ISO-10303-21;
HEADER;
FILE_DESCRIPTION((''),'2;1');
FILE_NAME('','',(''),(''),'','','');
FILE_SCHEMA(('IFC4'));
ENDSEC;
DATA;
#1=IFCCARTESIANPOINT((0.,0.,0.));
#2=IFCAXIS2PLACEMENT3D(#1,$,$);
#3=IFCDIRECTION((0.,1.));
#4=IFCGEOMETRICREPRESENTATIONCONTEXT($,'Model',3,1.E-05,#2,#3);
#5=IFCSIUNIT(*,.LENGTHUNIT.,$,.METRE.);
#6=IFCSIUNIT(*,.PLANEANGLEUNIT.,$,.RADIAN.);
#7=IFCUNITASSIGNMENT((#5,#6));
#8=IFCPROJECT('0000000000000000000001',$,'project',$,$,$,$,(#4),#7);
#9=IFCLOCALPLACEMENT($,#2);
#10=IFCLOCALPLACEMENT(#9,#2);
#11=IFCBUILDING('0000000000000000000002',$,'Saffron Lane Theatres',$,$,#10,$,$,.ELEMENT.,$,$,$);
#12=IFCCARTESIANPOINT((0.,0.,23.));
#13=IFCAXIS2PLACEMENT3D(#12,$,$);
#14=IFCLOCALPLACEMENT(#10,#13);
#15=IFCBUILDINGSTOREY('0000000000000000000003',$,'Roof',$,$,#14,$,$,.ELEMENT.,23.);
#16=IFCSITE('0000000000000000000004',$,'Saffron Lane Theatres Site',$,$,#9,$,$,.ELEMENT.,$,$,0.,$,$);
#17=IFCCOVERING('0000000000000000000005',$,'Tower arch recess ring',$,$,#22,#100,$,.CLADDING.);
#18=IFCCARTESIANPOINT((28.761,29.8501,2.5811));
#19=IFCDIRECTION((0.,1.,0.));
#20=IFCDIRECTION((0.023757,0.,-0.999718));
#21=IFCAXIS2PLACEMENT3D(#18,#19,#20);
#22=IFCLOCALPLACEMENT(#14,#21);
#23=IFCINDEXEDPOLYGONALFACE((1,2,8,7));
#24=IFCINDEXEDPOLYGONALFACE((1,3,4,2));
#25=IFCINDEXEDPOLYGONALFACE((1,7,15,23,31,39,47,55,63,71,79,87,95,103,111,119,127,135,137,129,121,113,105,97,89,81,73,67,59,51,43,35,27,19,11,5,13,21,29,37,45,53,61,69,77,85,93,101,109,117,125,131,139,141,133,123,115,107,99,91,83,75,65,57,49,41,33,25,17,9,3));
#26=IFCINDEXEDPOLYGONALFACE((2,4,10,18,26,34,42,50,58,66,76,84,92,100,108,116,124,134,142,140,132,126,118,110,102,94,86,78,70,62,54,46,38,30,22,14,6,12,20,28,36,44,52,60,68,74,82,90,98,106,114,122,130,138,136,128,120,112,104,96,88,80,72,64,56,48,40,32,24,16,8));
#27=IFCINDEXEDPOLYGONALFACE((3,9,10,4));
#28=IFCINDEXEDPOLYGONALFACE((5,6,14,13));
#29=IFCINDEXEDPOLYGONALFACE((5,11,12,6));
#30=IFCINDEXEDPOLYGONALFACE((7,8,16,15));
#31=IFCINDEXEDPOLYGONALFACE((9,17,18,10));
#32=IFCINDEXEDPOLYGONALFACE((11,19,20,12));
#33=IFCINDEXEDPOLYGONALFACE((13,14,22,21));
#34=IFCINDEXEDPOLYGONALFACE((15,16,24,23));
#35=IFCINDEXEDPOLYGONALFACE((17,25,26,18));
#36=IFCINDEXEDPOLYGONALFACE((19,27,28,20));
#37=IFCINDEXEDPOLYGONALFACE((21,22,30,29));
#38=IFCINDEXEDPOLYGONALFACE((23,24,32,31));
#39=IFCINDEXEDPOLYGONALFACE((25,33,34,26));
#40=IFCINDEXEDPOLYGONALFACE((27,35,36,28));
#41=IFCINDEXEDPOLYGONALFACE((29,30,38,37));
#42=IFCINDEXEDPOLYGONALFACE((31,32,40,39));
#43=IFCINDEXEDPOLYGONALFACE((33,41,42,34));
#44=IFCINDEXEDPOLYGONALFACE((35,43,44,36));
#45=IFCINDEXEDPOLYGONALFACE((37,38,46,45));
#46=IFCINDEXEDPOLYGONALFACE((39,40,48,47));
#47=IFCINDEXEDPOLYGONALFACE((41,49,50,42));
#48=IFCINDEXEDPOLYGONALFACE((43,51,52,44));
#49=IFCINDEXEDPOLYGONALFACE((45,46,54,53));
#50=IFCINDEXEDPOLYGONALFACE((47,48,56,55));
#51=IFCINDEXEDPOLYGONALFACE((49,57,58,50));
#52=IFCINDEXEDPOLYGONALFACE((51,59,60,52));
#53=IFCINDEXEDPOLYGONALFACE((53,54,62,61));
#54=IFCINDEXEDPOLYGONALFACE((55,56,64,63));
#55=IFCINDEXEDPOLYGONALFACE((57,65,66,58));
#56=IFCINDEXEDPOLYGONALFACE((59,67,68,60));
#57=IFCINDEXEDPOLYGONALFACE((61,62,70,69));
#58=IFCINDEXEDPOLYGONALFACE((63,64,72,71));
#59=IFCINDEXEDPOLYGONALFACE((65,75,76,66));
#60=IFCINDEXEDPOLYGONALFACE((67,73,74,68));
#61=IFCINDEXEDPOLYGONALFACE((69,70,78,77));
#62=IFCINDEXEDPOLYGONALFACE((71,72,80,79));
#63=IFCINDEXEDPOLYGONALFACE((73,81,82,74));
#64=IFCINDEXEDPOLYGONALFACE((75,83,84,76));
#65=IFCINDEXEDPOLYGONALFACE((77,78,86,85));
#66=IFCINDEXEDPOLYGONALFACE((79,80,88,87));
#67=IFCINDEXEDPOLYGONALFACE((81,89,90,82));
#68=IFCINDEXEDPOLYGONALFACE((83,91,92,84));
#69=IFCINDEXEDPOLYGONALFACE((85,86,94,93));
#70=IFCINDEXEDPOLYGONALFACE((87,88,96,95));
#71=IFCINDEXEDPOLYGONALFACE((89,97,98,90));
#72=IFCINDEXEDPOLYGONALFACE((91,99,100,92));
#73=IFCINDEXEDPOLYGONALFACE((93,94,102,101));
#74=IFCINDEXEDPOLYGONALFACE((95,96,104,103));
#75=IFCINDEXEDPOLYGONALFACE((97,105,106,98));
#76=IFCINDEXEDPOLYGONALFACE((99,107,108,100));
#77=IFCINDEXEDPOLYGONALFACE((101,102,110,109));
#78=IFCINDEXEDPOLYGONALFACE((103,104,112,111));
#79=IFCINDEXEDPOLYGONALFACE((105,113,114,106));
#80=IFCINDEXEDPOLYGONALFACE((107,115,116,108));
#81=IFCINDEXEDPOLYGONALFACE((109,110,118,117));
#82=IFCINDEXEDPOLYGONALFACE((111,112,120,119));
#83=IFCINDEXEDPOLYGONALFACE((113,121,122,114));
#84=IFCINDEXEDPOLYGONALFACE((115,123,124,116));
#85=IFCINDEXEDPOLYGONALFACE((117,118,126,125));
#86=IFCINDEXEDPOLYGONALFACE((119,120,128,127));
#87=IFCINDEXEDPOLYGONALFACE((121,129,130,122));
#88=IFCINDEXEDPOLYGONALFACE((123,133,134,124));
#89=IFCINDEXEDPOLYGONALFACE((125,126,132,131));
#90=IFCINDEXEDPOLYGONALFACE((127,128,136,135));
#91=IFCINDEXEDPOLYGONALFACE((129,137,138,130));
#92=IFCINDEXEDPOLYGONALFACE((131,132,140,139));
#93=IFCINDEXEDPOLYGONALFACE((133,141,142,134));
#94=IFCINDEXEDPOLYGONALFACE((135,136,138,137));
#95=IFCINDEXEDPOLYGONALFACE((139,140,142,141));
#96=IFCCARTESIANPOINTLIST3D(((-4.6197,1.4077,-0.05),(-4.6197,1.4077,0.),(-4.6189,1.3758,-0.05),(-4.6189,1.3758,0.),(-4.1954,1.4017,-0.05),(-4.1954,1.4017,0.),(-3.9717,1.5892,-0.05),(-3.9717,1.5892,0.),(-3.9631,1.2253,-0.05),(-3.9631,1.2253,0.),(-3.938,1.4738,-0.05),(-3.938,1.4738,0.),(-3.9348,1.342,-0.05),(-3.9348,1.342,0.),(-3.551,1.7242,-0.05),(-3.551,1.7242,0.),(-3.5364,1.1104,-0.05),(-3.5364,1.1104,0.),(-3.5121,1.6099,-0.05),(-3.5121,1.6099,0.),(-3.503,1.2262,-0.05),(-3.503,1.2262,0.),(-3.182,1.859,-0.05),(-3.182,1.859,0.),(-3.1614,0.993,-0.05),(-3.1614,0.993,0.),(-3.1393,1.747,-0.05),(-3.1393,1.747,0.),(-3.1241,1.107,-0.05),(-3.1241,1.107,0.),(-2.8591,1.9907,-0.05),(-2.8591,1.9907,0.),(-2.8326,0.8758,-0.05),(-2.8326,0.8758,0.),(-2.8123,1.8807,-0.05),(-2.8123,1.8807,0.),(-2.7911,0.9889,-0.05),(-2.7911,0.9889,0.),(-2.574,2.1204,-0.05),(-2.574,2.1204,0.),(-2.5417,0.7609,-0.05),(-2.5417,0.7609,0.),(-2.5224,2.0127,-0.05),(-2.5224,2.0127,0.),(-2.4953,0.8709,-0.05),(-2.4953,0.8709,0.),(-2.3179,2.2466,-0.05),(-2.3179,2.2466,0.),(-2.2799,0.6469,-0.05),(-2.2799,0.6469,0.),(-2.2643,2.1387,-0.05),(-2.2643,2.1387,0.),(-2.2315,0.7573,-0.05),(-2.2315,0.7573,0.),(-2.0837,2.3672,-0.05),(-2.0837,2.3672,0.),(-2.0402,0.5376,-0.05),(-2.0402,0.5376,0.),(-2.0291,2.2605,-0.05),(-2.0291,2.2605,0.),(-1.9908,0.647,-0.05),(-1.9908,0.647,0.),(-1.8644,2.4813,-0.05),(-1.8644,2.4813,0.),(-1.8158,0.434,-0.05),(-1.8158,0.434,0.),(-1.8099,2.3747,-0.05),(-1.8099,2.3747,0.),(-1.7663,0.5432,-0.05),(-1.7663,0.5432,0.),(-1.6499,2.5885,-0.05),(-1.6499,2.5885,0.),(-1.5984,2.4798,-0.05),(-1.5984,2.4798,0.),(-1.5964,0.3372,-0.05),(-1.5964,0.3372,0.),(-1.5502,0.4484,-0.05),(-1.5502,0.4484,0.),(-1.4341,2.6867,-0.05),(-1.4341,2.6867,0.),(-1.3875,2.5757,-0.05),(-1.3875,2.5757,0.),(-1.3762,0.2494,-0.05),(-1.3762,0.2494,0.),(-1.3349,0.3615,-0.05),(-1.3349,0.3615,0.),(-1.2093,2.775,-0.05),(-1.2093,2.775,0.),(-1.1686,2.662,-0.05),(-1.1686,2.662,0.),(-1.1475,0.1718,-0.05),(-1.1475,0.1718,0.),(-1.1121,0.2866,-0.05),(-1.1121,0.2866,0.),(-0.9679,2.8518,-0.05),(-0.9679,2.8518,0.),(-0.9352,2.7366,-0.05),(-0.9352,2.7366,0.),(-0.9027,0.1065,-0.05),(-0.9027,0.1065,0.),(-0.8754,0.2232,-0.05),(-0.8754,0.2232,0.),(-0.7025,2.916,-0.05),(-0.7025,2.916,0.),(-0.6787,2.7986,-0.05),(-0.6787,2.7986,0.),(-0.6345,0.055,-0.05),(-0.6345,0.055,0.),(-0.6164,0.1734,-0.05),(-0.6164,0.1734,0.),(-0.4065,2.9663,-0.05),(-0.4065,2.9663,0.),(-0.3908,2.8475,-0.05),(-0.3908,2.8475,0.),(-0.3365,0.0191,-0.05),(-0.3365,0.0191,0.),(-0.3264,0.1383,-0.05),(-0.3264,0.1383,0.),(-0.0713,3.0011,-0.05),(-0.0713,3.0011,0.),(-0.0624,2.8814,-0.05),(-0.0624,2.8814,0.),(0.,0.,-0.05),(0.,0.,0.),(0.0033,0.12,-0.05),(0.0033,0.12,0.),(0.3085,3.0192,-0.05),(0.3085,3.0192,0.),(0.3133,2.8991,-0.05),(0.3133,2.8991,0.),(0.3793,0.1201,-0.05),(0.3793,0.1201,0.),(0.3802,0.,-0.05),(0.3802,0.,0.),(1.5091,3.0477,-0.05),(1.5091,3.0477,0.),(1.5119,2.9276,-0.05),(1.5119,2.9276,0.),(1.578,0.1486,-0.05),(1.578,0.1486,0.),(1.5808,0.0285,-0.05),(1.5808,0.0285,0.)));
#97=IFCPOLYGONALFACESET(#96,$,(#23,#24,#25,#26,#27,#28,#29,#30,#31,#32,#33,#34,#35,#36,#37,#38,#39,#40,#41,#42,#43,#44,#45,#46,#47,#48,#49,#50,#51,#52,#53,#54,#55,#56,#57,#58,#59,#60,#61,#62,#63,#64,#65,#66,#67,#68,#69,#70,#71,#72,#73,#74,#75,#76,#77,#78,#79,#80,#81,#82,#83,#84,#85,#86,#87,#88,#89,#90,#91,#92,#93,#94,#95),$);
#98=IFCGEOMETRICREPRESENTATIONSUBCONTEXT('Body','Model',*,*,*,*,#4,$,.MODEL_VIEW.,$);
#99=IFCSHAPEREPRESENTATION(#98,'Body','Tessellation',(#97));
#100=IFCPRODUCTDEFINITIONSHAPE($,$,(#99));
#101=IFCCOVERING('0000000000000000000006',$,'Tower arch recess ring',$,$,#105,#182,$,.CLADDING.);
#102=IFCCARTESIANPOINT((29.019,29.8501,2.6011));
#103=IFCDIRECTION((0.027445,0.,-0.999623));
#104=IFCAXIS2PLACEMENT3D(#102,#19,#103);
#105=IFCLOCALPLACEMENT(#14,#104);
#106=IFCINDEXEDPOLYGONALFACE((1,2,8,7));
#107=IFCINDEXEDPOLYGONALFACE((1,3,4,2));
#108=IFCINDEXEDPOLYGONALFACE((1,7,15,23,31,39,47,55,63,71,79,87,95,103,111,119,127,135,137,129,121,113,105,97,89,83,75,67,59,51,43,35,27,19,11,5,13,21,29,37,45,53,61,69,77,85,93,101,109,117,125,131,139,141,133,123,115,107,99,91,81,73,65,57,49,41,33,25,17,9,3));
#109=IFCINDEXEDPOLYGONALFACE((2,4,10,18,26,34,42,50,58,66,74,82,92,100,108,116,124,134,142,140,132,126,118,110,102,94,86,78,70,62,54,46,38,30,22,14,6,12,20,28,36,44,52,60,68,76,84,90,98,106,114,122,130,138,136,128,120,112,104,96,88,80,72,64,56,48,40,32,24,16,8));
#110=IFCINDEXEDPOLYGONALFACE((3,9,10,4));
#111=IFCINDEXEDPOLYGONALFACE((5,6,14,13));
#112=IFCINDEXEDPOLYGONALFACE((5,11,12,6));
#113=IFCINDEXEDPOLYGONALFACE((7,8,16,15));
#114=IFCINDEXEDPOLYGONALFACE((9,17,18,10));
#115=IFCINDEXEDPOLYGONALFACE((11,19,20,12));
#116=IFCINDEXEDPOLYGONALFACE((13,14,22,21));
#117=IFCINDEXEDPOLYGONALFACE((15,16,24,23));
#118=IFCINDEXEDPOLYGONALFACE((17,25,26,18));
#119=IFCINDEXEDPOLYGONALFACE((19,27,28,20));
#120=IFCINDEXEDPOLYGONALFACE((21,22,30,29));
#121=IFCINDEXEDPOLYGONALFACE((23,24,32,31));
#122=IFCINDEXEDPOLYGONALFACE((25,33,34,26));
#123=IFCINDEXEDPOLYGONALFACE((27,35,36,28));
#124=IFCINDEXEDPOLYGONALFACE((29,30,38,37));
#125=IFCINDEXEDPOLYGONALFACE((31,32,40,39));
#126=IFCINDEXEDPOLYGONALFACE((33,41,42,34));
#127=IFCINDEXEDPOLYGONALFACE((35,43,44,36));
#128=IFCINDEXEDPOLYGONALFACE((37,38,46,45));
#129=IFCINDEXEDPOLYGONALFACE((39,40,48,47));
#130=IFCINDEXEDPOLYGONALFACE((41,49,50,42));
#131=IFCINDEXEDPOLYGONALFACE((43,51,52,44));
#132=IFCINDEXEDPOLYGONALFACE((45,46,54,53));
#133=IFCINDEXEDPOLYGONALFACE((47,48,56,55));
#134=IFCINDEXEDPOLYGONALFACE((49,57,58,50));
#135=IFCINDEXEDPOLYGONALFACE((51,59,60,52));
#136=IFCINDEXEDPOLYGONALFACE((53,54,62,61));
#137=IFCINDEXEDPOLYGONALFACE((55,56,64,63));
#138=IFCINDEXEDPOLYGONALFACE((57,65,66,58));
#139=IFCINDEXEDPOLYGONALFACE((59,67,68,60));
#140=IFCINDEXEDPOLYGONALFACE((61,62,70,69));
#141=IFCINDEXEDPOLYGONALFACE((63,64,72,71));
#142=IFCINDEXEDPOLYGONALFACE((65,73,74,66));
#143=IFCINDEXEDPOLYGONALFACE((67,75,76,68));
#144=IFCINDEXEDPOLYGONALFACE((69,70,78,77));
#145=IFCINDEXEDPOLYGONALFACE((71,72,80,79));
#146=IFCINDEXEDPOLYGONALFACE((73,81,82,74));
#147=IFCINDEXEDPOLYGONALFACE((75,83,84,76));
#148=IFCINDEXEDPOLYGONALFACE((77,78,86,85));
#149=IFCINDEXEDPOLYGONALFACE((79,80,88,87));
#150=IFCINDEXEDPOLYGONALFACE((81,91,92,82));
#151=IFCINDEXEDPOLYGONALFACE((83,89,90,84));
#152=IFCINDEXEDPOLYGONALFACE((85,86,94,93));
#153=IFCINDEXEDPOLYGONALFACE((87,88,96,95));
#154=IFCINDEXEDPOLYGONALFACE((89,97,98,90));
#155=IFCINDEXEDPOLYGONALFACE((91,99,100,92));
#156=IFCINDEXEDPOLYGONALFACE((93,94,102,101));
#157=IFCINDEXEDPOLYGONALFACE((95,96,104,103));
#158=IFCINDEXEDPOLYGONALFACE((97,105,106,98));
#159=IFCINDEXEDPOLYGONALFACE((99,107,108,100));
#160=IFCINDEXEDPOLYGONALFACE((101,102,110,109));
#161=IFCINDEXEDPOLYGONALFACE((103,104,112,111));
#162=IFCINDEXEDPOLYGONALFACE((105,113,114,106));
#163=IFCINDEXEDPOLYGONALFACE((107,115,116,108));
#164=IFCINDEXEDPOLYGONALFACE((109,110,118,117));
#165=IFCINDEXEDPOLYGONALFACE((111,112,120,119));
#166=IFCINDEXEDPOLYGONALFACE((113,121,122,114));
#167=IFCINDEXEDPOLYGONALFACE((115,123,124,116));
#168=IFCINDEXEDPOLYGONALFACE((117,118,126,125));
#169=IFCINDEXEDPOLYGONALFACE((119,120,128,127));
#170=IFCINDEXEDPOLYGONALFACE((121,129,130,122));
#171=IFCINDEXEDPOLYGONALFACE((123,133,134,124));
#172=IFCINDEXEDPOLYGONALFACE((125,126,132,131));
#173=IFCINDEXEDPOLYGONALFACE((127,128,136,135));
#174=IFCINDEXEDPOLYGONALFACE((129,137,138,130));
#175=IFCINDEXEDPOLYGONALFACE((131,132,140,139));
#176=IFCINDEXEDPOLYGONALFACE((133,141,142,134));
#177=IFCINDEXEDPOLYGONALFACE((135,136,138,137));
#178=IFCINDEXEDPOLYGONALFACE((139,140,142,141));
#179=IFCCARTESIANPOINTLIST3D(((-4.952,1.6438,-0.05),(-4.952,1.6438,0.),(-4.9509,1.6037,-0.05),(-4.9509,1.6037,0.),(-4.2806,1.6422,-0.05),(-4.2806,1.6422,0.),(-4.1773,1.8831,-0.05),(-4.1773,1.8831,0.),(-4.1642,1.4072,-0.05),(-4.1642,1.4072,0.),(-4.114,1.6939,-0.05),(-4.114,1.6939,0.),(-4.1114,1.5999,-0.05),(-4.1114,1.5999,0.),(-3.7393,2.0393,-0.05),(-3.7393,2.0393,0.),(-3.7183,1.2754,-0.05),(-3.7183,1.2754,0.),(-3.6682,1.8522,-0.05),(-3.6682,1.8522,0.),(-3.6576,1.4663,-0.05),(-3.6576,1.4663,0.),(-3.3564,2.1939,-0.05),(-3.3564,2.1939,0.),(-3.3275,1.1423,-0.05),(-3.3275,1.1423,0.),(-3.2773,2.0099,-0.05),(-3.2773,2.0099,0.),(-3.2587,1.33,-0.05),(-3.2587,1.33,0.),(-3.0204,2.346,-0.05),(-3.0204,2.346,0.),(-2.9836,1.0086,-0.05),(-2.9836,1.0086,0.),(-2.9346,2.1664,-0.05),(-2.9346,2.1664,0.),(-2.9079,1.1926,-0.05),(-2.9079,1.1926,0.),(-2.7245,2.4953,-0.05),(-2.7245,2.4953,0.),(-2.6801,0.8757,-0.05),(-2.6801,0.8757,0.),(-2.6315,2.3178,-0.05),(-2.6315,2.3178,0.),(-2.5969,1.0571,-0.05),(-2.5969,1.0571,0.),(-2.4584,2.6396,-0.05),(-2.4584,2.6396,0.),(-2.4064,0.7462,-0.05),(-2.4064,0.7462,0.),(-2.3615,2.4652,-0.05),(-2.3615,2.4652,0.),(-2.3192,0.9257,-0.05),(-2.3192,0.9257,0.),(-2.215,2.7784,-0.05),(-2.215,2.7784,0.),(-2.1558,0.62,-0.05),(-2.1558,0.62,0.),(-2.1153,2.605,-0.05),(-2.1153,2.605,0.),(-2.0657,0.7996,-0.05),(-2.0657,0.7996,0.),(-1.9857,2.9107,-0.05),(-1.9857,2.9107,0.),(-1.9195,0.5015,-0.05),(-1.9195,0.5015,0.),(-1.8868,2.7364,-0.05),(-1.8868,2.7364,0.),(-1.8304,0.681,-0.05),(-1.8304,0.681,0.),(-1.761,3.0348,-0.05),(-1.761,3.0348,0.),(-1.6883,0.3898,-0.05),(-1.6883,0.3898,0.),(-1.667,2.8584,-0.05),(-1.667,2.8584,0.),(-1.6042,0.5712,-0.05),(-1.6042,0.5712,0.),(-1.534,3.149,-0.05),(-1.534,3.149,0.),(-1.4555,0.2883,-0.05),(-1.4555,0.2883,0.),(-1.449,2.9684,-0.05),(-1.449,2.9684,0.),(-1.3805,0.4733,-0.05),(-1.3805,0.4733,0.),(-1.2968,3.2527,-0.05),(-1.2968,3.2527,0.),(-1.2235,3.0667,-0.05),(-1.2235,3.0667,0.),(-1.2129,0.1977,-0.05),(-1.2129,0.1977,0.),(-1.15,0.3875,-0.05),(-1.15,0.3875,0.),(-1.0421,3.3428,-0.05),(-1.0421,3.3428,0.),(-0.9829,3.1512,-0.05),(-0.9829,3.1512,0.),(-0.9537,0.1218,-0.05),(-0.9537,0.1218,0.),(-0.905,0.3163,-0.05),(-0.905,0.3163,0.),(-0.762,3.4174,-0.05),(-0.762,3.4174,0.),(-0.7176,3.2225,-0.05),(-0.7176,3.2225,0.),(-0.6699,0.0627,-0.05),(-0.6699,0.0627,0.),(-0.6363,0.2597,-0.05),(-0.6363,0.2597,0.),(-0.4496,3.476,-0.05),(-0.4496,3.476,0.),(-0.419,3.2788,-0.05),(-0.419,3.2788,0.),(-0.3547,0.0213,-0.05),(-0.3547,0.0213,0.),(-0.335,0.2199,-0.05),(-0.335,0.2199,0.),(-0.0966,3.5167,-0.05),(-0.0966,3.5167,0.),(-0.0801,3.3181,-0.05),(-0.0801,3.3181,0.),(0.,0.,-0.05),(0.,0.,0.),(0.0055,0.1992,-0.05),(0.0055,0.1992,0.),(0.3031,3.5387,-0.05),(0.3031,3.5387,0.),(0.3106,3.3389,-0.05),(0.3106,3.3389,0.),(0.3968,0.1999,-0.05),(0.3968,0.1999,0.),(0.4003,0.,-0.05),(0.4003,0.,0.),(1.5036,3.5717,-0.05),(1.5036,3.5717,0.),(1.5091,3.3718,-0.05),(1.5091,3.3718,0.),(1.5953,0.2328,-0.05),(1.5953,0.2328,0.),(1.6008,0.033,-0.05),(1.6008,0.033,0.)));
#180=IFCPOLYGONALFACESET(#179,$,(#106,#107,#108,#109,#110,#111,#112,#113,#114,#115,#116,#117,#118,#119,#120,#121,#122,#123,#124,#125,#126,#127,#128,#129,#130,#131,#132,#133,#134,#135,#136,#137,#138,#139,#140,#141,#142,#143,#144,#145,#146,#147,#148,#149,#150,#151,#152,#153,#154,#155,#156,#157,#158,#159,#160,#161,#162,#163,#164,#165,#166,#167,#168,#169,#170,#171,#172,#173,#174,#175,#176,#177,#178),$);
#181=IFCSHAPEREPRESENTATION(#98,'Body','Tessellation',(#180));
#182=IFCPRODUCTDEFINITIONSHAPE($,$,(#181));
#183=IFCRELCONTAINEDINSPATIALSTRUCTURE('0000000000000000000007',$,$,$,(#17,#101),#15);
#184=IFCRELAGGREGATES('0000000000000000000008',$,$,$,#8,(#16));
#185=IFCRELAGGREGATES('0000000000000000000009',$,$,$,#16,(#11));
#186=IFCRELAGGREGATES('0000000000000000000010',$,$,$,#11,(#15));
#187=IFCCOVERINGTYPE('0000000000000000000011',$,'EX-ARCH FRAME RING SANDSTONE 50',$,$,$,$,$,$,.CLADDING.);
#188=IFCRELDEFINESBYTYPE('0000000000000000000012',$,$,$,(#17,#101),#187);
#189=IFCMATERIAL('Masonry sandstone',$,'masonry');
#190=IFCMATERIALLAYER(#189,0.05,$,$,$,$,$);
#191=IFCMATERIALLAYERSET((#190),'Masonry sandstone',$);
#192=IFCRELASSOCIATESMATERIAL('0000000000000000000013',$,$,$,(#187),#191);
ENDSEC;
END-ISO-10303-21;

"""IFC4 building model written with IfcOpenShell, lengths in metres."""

from ifc_helpers import new_model, si_unit, direction, frame, origin, place, context, subcontext, project, spatial, polyline, outline, extrude, material, layer, layer_set, type_object, element, save


model = new_model("IFC4")

# Units and contexts
model_context = context("Model", 3, precision=1e-05, world=origin(), true_north=direction((0.0, 1.0)))
body_context = subcontext(model_context, "Body", "Model", "MODEL_VIEW")
ifc_project = project(units=[si_unit("LENGTHUNIT", "METRE"), si_unit("PLANEANGLEUNIT", "RADIAN")], contexts=[model_context])

# Site, building, storey
site_placement = place(None, origin())
site = spatial("IfcSite", under=ifc_project, at=site_placement, Name="Saffron Lane Theatres Site", CompositionType="ELEMENT", RefElevation=0.0)
building_placement = place(site_placement, origin())
building = spatial("IfcBuilding", under=site, at=building_placement, Name="Saffron Lane Theatres", CompositionType="ELEMENT")
storey_placement = place(building_placement, frame((0.0, 0.0, 23.0)))
storey = spatial("IfcBuildingStorey", under=building, at=storey_placement, Name="Roof", CompositionType="ELEMENT", Elevation=23.0)

# Coverings
ifc_material_1 = material(Name="Masonry sandstone", Category="masonry")
ifc_layer_1 = layer(ifc_material_1, 0.05)
ifc_layer_set_1 = layer_set([ifc_layer_1], Name="Masonry sandstone")
covering_type_1 = type_object("IfcCoveringType", Name="EX-ARCH FRAME RING SANDSTONE 50", PredefinedType="CLADDING", material=ifc_layer_set_1)
covering_1_placement = place(storey_placement, frame((28.761, 29.8501, 2.5811), z_axis=(0.0, 1.0, 0.0), x_axis=(0.023757, 0.0, -0.999718)))
element("IfcCovering", 1, at=covering_1_placement, inside=storey, type_object=covering_type_1, Name="Tower arch recess ring", PredefinedType="CLADDING", context=body_context, shape_type="SweptSolid", body=[
    extrude(outline(polyline([(0.0, 0.0), (0.3802, 0.0), (1.5808, 0.0285), (1.578, 0.1486), (0.3793, 0.1201), (0.0033, 0.12), (-0.3264, 0.1383), (-0.6164, 0.1734), (-0.8754, 0.2232), (-1.1121, 0.2866), (-1.3349, 0.3615), (-1.5502, 0.4484), (-1.7663, 0.5432), (-1.9908, 0.647), (-2.2315, 0.7573), (-2.4953, 0.8709), (-2.7911, 0.9889), (-3.1241, 1.107), (-3.503, 1.2262), (-3.9348, 1.342), (-4.1954, 1.4017), (-3.938, 1.4738), (-3.5121, 1.6099), (-3.1393, 1.747), (-2.8123, 1.8807), (-2.5224, 2.0127), (-2.2643, 2.1387), (-2.0291, 2.2605), (-1.8099, 2.3747), (-1.5984, 2.4798), (-1.3875, 2.5757), (-1.1686, 2.662), (-0.9352, 2.7366), (-0.6787, 2.7986), (-0.3908, 2.8475), (-0.0624, 2.8814), (0.3133, 2.8991), (1.5119, 2.9276), (1.5091, 3.0477), (0.3085, 3.0192), (-0.0713, 3.0011), (-0.4065, 2.9663), (-0.7025, 2.916), (-0.9679, 2.8518), (-1.2093, 2.775), (-1.4341, 2.6867), (-1.6499, 2.5885), (-1.8644, 2.4813), (-2.0837, 2.3672), (-2.3179, 2.2466), (-2.574, 2.1204), (-2.8591, 1.9907), (-3.182, 1.859), (-3.551, 1.7242), (-3.9717, 1.5892), (-4.6197, 1.4077), (-4.6189, 1.3758), (-3.9631, 1.2253), (-3.5364, 1.1104), (-3.1614, 0.993), (-2.8326, 0.8758), (-2.5417, 0.7609), (-2.2799, 0.6469), (-2.0402, 0.5376), (-1.8158, 0.434), (-1.5964, 0.3372), (-1.3762, 0.2494), (-1.1475, 0.1718), (-0.9027, 0.1065), (-0.6345, 0.055), (-0.3365, 0.0191), (0.0, 0.0)])), origin(), (0.0, 0.0, -1.0), 0.05),
])
covering_2_placement = place(storey_placement, frame((29.019, 29.8501, 2.6011), z_axis=(0.0, 1.0, 0.0), x_axis=(0.027445, 0.0, -0.999623)))
element("IfcCovering", 2, at=covering_2_placement, inside=storey, type_object=covering_type_1, Name="Tower arch recess ring", PredefinedType="CLADDING", context=body_context, shape_type="SweptSolid", body=[
    extrude(outline(polyline([(0.0, 0.0), (0.4003, 0.0), (1.6008, 0.033), (1.5953, 0.2328), (0.3968, 0.1999), (0.0055, 0.1992), (-0.335, 0.2199), (-0.6363, 0.2597), (-0.905, 0.3163), (-1.15, 0.3875), (-1.3805, 0.4733), (-1.6042, 0.5712), (-1.8304, 0.681), (-2.0657, 0.7996), (-2.3192, 0.9257), (-2.5969, 1.0571), (-2.9079, 1.1926), (-3.2587, 1.33), (-3.6576, 1.4663), (-4.1114, 1.5999), (-4.2806, 1.6422), (-4.114, 1.6939), (-3.6682, 1.8522), (-3.2773, 2.0099), (-2.9346, 2.1664), (-2.6315, 2.3178), (-2.3615, 2.4652), (-2.1153, 2.605), (-1.8868, 2.7364), (-1.667, 2.8584), (-1.449, 2.9684), (-1.2235, 3.0667), (-0.9829, 3.1512), (-0.7176, 3.2225), (-0.419, 3.2788), (-0.0801, 3.3181), (0.3106, 3.3389), (1.5091, 3.3718), (1.5036, 3.5717), (0.3031, 3.5387), (-0.0966, 3.5167), (-0.4496, 3.476), (-0.762, 3.4174), (-1.0421, 3.3428), (-1.2968, 3.2527), (-1.534, 3.149), (-1.761, 3.0348), (-1.9857, 2.9107), (-2.215, 2.7784), (-2.4584, 2.6396), (-2.7245, 2.4953), (-3.0204, 2.346), (-3.3564, 2.1939), (-3.7393, 2.0393), (-4.1773, 1.8831), (-4.952, 1.6438), (-4.9509, 1.6037), (-4.1642, 1.4072), (-3.7183, 1.2754), (-3.3275, 1.1423), (-2.9836, 1.0086), (-2.6801, 0.8757), (-2.4064, 0.7462), (-2.1558, 0.62), (-1.9195, 0.5015), (-1.6883, 0.3898), (-1.4555, 0.2883), (-1.2129, 0.1977), (-0.9537, 0.1218), (-0.6699, 0.0627), (-0.3547, 0.0213), (0.0, 0.0)])), origin(), (0.0, 0.0, -1.0), 0.05),
])

save(model, "model.ifc")
